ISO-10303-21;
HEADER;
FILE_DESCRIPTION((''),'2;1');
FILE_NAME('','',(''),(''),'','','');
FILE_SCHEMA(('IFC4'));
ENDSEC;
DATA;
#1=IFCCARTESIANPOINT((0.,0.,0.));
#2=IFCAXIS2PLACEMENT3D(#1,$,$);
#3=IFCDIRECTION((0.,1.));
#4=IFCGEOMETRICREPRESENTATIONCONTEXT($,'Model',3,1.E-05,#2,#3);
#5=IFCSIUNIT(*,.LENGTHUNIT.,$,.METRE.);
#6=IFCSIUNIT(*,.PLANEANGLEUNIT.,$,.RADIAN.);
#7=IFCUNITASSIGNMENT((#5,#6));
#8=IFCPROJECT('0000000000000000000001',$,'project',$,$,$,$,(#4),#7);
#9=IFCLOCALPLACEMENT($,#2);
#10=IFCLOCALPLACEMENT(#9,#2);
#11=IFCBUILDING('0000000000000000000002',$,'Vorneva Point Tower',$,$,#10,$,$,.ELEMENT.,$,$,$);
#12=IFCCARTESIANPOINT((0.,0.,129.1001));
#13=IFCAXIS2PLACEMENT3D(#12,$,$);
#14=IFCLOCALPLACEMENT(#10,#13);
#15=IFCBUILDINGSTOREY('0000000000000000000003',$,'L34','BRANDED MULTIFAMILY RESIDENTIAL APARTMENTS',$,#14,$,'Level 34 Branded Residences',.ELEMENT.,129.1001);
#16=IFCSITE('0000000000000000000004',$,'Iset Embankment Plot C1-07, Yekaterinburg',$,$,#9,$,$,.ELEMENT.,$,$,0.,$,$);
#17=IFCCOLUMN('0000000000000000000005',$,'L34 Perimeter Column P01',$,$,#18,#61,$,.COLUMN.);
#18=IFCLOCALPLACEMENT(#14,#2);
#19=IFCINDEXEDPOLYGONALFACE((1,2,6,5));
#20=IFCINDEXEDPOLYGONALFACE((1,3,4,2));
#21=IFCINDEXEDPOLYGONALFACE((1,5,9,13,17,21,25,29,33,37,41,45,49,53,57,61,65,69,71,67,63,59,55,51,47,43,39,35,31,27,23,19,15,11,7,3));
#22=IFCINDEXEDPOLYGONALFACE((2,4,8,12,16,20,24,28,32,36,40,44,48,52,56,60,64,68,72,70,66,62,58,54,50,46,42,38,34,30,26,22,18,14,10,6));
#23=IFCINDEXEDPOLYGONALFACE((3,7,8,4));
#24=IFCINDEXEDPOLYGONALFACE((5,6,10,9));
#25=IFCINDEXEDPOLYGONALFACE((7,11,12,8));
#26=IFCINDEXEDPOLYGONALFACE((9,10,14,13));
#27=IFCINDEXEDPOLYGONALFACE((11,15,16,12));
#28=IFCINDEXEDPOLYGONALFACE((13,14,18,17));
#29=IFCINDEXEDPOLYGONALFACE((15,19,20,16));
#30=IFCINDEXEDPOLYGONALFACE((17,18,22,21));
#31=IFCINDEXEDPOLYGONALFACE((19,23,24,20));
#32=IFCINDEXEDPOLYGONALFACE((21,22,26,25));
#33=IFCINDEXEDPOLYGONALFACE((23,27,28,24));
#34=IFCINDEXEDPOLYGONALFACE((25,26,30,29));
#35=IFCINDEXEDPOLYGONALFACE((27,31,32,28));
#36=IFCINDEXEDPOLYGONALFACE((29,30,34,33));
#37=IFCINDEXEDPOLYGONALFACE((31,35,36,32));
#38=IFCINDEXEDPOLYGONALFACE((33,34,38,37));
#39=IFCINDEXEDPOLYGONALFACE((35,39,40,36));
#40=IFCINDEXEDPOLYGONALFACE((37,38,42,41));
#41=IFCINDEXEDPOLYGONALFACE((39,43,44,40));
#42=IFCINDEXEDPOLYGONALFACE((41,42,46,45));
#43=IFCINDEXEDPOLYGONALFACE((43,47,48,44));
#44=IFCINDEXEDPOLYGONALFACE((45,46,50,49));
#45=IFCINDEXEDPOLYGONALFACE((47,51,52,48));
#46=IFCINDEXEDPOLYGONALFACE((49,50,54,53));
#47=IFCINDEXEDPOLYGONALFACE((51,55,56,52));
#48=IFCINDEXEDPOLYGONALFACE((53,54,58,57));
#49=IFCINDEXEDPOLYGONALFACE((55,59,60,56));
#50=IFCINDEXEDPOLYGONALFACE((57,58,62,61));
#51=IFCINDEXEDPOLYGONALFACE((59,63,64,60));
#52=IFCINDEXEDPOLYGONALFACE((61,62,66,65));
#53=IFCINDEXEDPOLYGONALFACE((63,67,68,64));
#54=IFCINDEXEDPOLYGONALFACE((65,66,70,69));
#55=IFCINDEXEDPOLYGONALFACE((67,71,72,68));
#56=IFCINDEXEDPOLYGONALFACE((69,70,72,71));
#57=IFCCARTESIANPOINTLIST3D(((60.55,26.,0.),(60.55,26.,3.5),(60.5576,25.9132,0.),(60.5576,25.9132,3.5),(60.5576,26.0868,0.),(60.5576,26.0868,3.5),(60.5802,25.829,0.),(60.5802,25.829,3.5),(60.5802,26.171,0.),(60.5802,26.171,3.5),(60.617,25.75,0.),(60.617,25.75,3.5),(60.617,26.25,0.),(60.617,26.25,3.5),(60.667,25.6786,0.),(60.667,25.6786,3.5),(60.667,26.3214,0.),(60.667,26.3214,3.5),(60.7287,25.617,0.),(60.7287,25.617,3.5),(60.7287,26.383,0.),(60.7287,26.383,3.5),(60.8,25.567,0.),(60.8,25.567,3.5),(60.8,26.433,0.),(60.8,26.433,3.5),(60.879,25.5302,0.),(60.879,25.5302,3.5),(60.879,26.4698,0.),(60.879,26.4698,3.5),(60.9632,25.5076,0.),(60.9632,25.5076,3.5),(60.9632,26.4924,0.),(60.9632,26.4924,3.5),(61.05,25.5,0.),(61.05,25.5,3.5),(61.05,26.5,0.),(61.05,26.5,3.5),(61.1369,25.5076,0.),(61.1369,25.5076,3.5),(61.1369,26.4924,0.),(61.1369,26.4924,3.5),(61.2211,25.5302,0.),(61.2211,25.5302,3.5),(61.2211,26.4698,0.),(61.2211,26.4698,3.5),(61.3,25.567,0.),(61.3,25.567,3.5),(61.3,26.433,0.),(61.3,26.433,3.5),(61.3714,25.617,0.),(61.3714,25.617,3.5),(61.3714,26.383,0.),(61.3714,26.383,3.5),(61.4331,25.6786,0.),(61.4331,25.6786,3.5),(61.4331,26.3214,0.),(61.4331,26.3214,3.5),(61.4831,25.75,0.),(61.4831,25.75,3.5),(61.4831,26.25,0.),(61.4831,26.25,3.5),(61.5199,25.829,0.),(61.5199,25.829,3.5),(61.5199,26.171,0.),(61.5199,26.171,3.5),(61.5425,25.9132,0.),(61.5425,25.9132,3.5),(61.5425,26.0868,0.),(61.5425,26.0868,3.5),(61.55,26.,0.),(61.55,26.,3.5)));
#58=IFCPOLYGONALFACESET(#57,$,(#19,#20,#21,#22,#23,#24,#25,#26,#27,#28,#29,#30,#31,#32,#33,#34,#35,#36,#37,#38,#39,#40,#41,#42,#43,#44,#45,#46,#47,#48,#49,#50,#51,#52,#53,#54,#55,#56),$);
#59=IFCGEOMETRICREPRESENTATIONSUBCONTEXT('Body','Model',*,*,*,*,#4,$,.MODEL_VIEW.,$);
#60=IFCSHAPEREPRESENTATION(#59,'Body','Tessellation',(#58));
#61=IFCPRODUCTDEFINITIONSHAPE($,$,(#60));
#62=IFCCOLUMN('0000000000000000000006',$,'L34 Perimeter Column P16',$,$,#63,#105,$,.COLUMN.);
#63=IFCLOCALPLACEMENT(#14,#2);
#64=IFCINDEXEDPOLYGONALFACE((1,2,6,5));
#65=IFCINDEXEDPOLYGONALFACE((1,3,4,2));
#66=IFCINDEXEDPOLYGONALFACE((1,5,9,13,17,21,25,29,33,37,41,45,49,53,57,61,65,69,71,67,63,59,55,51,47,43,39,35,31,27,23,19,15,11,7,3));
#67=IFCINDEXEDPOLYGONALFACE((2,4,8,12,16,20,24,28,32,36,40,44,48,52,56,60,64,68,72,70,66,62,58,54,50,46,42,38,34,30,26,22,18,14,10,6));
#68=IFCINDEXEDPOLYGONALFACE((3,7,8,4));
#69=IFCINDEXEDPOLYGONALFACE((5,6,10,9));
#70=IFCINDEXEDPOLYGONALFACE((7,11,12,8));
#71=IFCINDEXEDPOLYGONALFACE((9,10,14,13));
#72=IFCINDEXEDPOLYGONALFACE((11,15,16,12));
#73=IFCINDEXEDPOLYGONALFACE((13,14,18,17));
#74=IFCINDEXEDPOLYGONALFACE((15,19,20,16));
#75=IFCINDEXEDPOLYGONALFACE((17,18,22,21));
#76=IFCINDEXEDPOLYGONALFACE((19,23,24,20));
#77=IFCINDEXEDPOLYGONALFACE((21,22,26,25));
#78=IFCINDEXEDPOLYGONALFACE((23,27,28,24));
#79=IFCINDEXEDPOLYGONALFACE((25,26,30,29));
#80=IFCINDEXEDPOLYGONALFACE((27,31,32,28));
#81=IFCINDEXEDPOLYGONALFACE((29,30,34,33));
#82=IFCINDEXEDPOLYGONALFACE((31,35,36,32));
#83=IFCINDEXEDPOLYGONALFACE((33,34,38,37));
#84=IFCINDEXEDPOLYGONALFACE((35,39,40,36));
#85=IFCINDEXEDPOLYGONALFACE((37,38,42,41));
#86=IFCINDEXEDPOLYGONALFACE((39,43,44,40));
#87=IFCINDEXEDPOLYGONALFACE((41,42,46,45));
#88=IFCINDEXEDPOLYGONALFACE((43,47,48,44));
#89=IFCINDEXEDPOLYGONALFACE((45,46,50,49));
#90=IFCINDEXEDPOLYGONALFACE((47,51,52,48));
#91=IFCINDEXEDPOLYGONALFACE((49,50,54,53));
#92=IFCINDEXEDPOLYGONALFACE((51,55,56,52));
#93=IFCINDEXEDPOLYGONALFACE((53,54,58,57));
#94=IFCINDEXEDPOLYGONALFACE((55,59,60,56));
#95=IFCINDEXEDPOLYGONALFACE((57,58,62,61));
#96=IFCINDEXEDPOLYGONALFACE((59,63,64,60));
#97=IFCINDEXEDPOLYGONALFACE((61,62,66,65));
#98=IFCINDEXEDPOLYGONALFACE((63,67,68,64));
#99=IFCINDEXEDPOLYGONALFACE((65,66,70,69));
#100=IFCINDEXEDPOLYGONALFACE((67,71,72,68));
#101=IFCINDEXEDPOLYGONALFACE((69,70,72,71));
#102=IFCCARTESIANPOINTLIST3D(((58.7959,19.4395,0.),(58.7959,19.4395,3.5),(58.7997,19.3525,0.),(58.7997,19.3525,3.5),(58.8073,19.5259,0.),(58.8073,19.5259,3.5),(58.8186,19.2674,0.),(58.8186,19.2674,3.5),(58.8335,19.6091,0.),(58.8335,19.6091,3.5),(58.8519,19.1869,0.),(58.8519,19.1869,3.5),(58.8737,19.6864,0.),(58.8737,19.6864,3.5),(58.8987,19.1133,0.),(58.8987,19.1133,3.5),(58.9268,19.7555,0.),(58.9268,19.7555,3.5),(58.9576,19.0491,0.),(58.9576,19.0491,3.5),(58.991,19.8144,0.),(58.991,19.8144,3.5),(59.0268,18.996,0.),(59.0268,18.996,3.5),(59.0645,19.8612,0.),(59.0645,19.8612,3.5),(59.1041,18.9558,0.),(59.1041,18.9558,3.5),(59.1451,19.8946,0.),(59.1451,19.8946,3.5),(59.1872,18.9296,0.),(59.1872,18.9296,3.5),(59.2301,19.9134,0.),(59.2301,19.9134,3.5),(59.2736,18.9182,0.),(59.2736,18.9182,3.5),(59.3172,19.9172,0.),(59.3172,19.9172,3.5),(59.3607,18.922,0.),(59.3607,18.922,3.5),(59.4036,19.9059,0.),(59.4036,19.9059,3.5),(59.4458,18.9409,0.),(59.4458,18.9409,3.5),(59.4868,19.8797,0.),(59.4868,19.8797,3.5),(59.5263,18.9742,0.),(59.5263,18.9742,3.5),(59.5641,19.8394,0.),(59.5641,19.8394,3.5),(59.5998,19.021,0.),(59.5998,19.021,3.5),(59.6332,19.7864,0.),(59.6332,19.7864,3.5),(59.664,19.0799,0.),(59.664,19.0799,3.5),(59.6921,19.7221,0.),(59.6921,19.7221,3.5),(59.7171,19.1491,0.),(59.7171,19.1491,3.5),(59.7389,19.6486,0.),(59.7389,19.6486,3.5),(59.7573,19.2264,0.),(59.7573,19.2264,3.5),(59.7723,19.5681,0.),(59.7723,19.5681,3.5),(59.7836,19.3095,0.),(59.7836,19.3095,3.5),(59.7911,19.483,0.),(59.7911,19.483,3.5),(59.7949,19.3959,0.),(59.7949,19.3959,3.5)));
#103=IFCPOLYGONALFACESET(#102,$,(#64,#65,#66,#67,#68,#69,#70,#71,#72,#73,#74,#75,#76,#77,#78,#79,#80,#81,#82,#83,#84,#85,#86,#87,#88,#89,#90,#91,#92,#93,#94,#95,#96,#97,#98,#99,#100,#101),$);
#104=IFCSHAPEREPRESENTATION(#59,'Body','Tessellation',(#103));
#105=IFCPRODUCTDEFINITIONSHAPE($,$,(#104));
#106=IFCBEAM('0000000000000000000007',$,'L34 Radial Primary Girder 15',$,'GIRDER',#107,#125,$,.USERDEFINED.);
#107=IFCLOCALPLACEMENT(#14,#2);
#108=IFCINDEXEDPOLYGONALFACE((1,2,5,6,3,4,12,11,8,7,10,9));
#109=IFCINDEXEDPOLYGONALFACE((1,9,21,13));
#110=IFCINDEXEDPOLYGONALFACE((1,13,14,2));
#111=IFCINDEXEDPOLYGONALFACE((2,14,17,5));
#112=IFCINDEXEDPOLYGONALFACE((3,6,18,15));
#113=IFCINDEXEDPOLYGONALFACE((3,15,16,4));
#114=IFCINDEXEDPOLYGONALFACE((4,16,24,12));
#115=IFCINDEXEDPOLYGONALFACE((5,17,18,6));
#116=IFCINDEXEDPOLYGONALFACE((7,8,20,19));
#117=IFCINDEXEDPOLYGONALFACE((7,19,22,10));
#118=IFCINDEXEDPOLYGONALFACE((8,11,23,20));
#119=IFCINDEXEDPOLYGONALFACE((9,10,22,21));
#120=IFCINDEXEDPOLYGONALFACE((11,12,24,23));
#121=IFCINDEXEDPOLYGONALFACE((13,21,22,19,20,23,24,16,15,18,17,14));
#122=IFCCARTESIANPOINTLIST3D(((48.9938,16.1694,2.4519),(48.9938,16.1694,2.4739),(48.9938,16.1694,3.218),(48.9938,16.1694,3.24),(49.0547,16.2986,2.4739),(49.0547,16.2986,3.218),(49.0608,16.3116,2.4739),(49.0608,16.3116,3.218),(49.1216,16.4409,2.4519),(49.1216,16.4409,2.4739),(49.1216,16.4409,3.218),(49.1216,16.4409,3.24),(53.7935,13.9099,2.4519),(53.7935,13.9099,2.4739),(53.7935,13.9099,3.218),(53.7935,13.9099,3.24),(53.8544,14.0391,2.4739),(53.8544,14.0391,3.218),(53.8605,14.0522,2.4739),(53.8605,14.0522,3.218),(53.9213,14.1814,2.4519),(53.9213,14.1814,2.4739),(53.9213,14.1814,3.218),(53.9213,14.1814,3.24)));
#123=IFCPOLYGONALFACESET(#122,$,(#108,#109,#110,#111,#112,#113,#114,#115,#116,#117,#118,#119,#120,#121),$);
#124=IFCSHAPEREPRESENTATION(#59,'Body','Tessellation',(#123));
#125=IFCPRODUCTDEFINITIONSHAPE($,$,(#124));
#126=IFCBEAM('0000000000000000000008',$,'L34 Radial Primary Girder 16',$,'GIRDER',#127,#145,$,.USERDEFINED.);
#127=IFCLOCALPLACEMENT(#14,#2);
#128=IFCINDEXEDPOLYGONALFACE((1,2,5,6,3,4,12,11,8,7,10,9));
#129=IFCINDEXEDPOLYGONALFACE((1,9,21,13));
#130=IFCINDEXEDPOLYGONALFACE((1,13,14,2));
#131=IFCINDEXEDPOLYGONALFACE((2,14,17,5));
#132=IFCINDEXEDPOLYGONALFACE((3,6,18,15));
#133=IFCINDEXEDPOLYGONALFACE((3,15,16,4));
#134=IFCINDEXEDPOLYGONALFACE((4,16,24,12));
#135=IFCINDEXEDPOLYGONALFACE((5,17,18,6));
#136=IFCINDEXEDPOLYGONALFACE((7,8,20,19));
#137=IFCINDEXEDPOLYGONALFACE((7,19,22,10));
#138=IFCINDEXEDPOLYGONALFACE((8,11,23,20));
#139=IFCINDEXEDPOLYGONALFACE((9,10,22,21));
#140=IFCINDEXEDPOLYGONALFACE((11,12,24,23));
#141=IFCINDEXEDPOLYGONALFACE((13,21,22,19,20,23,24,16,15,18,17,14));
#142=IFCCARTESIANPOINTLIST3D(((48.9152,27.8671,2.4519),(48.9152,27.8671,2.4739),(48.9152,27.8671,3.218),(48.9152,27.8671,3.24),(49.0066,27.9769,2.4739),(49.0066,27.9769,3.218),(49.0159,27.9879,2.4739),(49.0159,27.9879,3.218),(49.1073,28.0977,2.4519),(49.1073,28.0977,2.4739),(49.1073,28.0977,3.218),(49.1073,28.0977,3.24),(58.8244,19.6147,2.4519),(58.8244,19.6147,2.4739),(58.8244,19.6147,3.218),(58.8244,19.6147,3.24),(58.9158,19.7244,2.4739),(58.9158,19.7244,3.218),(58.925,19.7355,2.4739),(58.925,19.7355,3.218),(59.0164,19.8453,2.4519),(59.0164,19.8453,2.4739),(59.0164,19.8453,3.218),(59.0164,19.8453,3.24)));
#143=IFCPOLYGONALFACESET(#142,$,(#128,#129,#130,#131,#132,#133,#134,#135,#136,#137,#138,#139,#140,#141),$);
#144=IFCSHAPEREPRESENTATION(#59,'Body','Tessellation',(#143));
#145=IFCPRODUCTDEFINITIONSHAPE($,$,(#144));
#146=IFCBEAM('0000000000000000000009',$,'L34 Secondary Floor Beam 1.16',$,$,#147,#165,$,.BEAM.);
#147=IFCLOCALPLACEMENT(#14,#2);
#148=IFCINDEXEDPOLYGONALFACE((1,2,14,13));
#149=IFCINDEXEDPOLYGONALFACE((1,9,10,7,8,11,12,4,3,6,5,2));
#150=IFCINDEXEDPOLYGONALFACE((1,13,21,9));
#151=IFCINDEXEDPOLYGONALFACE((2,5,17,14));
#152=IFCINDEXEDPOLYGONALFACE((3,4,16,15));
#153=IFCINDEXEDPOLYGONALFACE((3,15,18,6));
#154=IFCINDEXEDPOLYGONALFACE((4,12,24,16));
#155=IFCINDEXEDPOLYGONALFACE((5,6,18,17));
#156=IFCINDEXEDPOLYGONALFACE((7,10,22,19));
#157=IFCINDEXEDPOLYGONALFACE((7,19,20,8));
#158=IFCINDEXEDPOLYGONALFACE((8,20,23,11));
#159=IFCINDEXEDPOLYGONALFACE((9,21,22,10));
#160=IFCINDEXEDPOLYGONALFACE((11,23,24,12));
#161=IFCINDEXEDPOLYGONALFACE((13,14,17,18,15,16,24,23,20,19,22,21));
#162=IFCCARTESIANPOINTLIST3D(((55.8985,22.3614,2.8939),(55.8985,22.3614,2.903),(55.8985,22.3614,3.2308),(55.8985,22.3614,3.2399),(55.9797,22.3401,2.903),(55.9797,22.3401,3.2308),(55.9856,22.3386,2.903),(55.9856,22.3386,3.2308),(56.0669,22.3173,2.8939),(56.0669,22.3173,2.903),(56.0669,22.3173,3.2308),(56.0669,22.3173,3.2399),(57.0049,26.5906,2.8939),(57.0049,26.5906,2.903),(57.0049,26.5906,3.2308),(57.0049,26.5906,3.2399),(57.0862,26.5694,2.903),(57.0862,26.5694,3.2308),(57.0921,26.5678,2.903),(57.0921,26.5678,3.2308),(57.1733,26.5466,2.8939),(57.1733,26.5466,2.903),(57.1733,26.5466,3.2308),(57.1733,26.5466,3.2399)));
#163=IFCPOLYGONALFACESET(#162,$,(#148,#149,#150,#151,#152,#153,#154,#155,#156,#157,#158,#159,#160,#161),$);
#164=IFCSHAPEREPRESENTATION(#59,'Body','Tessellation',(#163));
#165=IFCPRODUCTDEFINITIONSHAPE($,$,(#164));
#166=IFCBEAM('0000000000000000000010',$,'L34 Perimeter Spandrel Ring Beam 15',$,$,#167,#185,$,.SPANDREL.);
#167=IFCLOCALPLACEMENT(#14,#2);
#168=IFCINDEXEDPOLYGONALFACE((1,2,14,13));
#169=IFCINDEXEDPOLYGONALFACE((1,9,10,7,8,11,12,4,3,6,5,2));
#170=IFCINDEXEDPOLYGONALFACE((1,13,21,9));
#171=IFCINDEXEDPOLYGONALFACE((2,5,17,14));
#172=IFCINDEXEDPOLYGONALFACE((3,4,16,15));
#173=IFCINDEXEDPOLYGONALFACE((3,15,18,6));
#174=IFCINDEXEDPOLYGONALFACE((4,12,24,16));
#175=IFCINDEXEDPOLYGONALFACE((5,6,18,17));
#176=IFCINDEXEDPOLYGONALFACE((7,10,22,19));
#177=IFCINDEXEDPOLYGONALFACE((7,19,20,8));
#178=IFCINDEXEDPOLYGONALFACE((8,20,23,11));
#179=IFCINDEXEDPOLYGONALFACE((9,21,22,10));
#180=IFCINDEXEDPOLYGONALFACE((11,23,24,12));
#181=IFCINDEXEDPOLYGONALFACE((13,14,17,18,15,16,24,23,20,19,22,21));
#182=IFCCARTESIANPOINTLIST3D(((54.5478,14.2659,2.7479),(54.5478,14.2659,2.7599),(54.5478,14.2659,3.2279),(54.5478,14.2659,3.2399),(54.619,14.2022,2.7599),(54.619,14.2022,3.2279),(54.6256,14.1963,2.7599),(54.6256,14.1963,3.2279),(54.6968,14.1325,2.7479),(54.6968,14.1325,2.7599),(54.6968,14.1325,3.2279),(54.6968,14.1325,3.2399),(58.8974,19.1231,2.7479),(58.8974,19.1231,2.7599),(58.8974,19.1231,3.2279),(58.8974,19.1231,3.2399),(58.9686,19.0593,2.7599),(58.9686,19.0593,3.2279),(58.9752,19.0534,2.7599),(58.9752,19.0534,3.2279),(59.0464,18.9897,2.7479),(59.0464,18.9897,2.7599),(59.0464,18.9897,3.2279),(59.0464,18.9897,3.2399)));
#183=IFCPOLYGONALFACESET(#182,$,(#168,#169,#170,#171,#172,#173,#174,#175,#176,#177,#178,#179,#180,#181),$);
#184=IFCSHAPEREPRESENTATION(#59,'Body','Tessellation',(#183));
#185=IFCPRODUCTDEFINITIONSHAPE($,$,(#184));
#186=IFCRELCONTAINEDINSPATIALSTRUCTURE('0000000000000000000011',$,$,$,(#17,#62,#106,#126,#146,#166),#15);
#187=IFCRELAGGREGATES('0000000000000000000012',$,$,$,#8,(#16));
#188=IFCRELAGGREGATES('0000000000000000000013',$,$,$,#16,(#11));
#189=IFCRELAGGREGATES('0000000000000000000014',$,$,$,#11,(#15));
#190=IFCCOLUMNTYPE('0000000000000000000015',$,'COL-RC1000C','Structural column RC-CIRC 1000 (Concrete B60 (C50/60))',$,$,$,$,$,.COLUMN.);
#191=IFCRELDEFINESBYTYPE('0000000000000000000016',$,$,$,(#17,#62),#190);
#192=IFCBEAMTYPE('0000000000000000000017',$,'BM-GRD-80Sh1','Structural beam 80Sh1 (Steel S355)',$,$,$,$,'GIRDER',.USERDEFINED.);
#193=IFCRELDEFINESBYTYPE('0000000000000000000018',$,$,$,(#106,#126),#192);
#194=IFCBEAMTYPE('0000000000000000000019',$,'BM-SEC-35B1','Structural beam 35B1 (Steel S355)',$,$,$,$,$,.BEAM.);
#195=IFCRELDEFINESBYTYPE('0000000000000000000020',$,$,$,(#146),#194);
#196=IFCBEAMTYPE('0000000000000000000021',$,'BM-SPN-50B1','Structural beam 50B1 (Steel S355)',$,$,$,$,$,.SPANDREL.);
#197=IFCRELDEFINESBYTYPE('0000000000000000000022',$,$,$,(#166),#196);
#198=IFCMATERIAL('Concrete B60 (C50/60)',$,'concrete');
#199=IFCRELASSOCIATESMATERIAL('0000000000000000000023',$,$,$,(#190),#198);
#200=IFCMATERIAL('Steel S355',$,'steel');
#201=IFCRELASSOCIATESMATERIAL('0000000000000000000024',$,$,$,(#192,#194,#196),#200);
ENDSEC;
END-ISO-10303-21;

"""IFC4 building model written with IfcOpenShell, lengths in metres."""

from ifc_helpers import new_model, si_unit, direction, frame, origin, origin_2d, place, context, subcontext, project, spatial, circle, i_section, extrude, material, material_profile, profile_set, type_object, element, save


model = new_model("IFC4")

# Units and contexts
model_context = context("Model", 3, precision=1e-05, world=origin(), true_north=direction((0.0, 1.0)))
body_context = subcontext(model_context, "Body", "Model", "MODEL_VIEW")
ifc_project = project(units=[si_unit("LENGTHUNIT", "METRE"), si_unit("PLANEANGLEUNIT", "RADIAN")], contexts=[model_context])

# Site, building, storey
site_placement = place(None, origin())
site = spatial("IfcSite", under=ifc_project, at=site_placement, Name="Iset Embankment Plot C1-07, Yekaterinburg", CompositionType="ELEMENT", RefElevation=0.0)
building_placement = place(site_placement, origin())
building = spatial("IfcBuilding", under=site, at=building_placement, Name="Vorneva Point Tower", CompositionType="ELEMENT")
storey_placement = place(building_placement, frame((0.0, 0.0, 129.1001)))
storey = spatial("IfcBuildingStorey", under=building, at=storey_placement, Name="L34", Description="BRANDED MULTIFAMILY RESIDENTIAL APARTMENTS", LongName="Level 34 Branded Residences", CompositionType="ELEMENT", Elevation=129.1001)

# Columns
ifc_material_1 = material(Name="Concrete B60 (C50/60)", Category="concrete")
ifc_material_profile_1 = material_profile(ifc_material_1, circle(Radius=0.5, at=origin_2d()), Name="RC-CIRC 1000")
ifc_profile_set_1 = profile_set([ifc_material_profile_1], Name="Concrete B60 (C50/60)")
column_type = type_object("IfcColumnType", Name="COL-RC1000C", Description="Structural column RC-CIRC 1000 (Concrete B60 (C50/60))", PredefinedType="COLUMN", material=ifc_profile_set_1)
for number, where, z_axis, x_axis, name in (
    (1, (61.05, 26.0, 0.0), (0.0, 0.0, 1.0), (1.0, 0.0, 0.0), "L34 Perimeter Column P01"),
    (2, (59.2954, 19.4177, 0.0), (0.0, 0.0, 1.0), (0.92388, -0.382683, 0.0), "L34 Perimeter Column P16"),
):
    element("IfcColumn", number, at=place(storey_placement, frame(where, z_axis=z_axis, x_axis=x_axis)), inside=storey, type_object=column_type, Name=name, PredefinedType="COLUMN", context=body_context, shape_type="SweptSolid", body=[
        extrude(circle(Radius=0.5, at=origin_2d()), origin(), (0.0, 0.0, 1.0), 3.5),
    ])

# Beams
ifc_material_2 = material(Name="Steel S355", Category="steel")
ifc_material_profile_2 = material_profile(ifc_material_2, i_section(OverallWidth=0.3, OverallDepth=0.7881, WebThickness=0.0144, FlangeThickness=0.022, at=origin_2d()), Name="80Sh1")
ifc_profile_set_2 = profile_set([ifc_material_profile_2], Name="Steel S355")
beam_type_1 = type_object("IfcBeamType", Name="BM-GRD-80Sh1", Description="Structural beam 80Sh1 (Steel S355)", ElementType="GIRDER", PredefinedType="USERDEFINED", material=ifc_profile_set_2)
beam_1_placement = place(storey_placement, frame((53.8574, 14.0457, 2.8459), z_axis=(-0.904761, 0.425919, 0.0), x_axis=(-0.425919, -0.904761, 0.0)))
element("IfcBeam", 3, at=beam_1_placement, inside=storey, type_object=beam_type_1, Name="L34 Radial Primary Girder 15", ObjectType="GIRDER", PredefinedType="USERDEFINED", context=body_context, shape_type="SweptSolid", body=[
    extrude(i_section(OverallWidth=0.3, OverallDepth=0.7881, WebThickness=0.0144, FlangeThickness=0.022, at=origin_2d()), origin(), (0.0, 0.0, 1.0), 5.3049),
])
beam_2_placement = place(storey_placement, frame((58.9204, 19.73, 2.8459), z_axis=(-0.76842, 0.639946, 0.0), x_axis=(-0.639946, -0.76842, 0.0)))
element("IfcBeam", 4, at=beam_2_placement, inside=storey, type_object=beam_type_1, Name="L34 Radial Primary Girder 16", ObjectType="GIRDER", PredefinedType="USERDEFINED", context=body_context, shape_type="SweptSolid", body=[
    extrude(i_section(OverallWidth=0.3, OverallDepth=0.7881, WebThickness=0.0144, FlangeThickness=0.022, at=origin_2d()), origin(), (0.0, 0.0, 1.0), 12.8955),
])
ifc_material_profile_3 = material_profile(ifc_material_2, i_section(OverallWidth=0.1741, OverallDepth=0.3459, WebThickness=0.0061, FlangeThickness=0.009, at=origin_2d()), Name="35B1")
ifc_profile_set_3 = profile_set([ifc_material_profile_3], Name="Steel S355")
beam_type_2 = type_object("IfcBeamType", Name="BM-SEC-35B1", Description="Structural beam 35B1 (Steel S355)", PredefinedType="BEAM", material=ifc_profile_set_3)
beam_3_placement = place(storey_placement, frame((55.9827, 22.3394, 3.0669), z_axis=(0.253099, 0.96744, 0.0), x_axis=(-0.96744, 0.253099, 0.0)))
element("IfcBeam", 5, at=beam_3_placement, inside=storey, type_object=beam_type_2, Name="L34 Secondary Floor Beam 1.16", PredefinedType="BEAM", context=body_context, shape_type="SweptSolid", body=[
    extrude(i_section(OverallWidth=0.1741, OverallDepth=0.3459, WebThickness=0.0061, FlangeThickness=0.009, at=origin_2d()), origin(), (0.0, 0.0, 1.0), 4.3716),
])
ifc_material_profile_4 = material_profile(ifc_material_2, i_section(OverallWidth=0.2, OverallDepth=0.4919, WebThickness=0.0088, FlangeThickness=0.012, at=origin_2d()), Name="50B1")
ifc_profile_set_4 = profile_set([ifc_material_profile_4], Name="Steel S355")
beam_type_3 = type_object("IfcBeamType", Name="BM-SPN-50B1", Description="Structural beam 50B1 (Steel S355)", PredefinedType="SPANDREL", material=ifc_profile_set_4)
beam_4_placement = place(storey_placement, frame((54.6223, 14.1992, 2.9939), z_axis=(0.667111, 0.744958, 0.0), x_axis=(-0.744958, 0.667111, 0.0)))
element("IfcBeam", 6, at=beam_4_placement, inside=storey, type_object=beam_type_3, Name="L34 Perimeter Spandrel Ring Beam 15", PredefinedType="SPANDREL", context=body_context, shape_type="SweptSolid", body=[
    extrude(i_section(OverallWidth=0.2, OverallDepth=0.4919, WebThickness=0.0088, FlangeThickness=0.012, at=origin_2d()), origin(), (0.0, 0.0, 1.0), 6.52),
])

save(model, "model.ifc")
